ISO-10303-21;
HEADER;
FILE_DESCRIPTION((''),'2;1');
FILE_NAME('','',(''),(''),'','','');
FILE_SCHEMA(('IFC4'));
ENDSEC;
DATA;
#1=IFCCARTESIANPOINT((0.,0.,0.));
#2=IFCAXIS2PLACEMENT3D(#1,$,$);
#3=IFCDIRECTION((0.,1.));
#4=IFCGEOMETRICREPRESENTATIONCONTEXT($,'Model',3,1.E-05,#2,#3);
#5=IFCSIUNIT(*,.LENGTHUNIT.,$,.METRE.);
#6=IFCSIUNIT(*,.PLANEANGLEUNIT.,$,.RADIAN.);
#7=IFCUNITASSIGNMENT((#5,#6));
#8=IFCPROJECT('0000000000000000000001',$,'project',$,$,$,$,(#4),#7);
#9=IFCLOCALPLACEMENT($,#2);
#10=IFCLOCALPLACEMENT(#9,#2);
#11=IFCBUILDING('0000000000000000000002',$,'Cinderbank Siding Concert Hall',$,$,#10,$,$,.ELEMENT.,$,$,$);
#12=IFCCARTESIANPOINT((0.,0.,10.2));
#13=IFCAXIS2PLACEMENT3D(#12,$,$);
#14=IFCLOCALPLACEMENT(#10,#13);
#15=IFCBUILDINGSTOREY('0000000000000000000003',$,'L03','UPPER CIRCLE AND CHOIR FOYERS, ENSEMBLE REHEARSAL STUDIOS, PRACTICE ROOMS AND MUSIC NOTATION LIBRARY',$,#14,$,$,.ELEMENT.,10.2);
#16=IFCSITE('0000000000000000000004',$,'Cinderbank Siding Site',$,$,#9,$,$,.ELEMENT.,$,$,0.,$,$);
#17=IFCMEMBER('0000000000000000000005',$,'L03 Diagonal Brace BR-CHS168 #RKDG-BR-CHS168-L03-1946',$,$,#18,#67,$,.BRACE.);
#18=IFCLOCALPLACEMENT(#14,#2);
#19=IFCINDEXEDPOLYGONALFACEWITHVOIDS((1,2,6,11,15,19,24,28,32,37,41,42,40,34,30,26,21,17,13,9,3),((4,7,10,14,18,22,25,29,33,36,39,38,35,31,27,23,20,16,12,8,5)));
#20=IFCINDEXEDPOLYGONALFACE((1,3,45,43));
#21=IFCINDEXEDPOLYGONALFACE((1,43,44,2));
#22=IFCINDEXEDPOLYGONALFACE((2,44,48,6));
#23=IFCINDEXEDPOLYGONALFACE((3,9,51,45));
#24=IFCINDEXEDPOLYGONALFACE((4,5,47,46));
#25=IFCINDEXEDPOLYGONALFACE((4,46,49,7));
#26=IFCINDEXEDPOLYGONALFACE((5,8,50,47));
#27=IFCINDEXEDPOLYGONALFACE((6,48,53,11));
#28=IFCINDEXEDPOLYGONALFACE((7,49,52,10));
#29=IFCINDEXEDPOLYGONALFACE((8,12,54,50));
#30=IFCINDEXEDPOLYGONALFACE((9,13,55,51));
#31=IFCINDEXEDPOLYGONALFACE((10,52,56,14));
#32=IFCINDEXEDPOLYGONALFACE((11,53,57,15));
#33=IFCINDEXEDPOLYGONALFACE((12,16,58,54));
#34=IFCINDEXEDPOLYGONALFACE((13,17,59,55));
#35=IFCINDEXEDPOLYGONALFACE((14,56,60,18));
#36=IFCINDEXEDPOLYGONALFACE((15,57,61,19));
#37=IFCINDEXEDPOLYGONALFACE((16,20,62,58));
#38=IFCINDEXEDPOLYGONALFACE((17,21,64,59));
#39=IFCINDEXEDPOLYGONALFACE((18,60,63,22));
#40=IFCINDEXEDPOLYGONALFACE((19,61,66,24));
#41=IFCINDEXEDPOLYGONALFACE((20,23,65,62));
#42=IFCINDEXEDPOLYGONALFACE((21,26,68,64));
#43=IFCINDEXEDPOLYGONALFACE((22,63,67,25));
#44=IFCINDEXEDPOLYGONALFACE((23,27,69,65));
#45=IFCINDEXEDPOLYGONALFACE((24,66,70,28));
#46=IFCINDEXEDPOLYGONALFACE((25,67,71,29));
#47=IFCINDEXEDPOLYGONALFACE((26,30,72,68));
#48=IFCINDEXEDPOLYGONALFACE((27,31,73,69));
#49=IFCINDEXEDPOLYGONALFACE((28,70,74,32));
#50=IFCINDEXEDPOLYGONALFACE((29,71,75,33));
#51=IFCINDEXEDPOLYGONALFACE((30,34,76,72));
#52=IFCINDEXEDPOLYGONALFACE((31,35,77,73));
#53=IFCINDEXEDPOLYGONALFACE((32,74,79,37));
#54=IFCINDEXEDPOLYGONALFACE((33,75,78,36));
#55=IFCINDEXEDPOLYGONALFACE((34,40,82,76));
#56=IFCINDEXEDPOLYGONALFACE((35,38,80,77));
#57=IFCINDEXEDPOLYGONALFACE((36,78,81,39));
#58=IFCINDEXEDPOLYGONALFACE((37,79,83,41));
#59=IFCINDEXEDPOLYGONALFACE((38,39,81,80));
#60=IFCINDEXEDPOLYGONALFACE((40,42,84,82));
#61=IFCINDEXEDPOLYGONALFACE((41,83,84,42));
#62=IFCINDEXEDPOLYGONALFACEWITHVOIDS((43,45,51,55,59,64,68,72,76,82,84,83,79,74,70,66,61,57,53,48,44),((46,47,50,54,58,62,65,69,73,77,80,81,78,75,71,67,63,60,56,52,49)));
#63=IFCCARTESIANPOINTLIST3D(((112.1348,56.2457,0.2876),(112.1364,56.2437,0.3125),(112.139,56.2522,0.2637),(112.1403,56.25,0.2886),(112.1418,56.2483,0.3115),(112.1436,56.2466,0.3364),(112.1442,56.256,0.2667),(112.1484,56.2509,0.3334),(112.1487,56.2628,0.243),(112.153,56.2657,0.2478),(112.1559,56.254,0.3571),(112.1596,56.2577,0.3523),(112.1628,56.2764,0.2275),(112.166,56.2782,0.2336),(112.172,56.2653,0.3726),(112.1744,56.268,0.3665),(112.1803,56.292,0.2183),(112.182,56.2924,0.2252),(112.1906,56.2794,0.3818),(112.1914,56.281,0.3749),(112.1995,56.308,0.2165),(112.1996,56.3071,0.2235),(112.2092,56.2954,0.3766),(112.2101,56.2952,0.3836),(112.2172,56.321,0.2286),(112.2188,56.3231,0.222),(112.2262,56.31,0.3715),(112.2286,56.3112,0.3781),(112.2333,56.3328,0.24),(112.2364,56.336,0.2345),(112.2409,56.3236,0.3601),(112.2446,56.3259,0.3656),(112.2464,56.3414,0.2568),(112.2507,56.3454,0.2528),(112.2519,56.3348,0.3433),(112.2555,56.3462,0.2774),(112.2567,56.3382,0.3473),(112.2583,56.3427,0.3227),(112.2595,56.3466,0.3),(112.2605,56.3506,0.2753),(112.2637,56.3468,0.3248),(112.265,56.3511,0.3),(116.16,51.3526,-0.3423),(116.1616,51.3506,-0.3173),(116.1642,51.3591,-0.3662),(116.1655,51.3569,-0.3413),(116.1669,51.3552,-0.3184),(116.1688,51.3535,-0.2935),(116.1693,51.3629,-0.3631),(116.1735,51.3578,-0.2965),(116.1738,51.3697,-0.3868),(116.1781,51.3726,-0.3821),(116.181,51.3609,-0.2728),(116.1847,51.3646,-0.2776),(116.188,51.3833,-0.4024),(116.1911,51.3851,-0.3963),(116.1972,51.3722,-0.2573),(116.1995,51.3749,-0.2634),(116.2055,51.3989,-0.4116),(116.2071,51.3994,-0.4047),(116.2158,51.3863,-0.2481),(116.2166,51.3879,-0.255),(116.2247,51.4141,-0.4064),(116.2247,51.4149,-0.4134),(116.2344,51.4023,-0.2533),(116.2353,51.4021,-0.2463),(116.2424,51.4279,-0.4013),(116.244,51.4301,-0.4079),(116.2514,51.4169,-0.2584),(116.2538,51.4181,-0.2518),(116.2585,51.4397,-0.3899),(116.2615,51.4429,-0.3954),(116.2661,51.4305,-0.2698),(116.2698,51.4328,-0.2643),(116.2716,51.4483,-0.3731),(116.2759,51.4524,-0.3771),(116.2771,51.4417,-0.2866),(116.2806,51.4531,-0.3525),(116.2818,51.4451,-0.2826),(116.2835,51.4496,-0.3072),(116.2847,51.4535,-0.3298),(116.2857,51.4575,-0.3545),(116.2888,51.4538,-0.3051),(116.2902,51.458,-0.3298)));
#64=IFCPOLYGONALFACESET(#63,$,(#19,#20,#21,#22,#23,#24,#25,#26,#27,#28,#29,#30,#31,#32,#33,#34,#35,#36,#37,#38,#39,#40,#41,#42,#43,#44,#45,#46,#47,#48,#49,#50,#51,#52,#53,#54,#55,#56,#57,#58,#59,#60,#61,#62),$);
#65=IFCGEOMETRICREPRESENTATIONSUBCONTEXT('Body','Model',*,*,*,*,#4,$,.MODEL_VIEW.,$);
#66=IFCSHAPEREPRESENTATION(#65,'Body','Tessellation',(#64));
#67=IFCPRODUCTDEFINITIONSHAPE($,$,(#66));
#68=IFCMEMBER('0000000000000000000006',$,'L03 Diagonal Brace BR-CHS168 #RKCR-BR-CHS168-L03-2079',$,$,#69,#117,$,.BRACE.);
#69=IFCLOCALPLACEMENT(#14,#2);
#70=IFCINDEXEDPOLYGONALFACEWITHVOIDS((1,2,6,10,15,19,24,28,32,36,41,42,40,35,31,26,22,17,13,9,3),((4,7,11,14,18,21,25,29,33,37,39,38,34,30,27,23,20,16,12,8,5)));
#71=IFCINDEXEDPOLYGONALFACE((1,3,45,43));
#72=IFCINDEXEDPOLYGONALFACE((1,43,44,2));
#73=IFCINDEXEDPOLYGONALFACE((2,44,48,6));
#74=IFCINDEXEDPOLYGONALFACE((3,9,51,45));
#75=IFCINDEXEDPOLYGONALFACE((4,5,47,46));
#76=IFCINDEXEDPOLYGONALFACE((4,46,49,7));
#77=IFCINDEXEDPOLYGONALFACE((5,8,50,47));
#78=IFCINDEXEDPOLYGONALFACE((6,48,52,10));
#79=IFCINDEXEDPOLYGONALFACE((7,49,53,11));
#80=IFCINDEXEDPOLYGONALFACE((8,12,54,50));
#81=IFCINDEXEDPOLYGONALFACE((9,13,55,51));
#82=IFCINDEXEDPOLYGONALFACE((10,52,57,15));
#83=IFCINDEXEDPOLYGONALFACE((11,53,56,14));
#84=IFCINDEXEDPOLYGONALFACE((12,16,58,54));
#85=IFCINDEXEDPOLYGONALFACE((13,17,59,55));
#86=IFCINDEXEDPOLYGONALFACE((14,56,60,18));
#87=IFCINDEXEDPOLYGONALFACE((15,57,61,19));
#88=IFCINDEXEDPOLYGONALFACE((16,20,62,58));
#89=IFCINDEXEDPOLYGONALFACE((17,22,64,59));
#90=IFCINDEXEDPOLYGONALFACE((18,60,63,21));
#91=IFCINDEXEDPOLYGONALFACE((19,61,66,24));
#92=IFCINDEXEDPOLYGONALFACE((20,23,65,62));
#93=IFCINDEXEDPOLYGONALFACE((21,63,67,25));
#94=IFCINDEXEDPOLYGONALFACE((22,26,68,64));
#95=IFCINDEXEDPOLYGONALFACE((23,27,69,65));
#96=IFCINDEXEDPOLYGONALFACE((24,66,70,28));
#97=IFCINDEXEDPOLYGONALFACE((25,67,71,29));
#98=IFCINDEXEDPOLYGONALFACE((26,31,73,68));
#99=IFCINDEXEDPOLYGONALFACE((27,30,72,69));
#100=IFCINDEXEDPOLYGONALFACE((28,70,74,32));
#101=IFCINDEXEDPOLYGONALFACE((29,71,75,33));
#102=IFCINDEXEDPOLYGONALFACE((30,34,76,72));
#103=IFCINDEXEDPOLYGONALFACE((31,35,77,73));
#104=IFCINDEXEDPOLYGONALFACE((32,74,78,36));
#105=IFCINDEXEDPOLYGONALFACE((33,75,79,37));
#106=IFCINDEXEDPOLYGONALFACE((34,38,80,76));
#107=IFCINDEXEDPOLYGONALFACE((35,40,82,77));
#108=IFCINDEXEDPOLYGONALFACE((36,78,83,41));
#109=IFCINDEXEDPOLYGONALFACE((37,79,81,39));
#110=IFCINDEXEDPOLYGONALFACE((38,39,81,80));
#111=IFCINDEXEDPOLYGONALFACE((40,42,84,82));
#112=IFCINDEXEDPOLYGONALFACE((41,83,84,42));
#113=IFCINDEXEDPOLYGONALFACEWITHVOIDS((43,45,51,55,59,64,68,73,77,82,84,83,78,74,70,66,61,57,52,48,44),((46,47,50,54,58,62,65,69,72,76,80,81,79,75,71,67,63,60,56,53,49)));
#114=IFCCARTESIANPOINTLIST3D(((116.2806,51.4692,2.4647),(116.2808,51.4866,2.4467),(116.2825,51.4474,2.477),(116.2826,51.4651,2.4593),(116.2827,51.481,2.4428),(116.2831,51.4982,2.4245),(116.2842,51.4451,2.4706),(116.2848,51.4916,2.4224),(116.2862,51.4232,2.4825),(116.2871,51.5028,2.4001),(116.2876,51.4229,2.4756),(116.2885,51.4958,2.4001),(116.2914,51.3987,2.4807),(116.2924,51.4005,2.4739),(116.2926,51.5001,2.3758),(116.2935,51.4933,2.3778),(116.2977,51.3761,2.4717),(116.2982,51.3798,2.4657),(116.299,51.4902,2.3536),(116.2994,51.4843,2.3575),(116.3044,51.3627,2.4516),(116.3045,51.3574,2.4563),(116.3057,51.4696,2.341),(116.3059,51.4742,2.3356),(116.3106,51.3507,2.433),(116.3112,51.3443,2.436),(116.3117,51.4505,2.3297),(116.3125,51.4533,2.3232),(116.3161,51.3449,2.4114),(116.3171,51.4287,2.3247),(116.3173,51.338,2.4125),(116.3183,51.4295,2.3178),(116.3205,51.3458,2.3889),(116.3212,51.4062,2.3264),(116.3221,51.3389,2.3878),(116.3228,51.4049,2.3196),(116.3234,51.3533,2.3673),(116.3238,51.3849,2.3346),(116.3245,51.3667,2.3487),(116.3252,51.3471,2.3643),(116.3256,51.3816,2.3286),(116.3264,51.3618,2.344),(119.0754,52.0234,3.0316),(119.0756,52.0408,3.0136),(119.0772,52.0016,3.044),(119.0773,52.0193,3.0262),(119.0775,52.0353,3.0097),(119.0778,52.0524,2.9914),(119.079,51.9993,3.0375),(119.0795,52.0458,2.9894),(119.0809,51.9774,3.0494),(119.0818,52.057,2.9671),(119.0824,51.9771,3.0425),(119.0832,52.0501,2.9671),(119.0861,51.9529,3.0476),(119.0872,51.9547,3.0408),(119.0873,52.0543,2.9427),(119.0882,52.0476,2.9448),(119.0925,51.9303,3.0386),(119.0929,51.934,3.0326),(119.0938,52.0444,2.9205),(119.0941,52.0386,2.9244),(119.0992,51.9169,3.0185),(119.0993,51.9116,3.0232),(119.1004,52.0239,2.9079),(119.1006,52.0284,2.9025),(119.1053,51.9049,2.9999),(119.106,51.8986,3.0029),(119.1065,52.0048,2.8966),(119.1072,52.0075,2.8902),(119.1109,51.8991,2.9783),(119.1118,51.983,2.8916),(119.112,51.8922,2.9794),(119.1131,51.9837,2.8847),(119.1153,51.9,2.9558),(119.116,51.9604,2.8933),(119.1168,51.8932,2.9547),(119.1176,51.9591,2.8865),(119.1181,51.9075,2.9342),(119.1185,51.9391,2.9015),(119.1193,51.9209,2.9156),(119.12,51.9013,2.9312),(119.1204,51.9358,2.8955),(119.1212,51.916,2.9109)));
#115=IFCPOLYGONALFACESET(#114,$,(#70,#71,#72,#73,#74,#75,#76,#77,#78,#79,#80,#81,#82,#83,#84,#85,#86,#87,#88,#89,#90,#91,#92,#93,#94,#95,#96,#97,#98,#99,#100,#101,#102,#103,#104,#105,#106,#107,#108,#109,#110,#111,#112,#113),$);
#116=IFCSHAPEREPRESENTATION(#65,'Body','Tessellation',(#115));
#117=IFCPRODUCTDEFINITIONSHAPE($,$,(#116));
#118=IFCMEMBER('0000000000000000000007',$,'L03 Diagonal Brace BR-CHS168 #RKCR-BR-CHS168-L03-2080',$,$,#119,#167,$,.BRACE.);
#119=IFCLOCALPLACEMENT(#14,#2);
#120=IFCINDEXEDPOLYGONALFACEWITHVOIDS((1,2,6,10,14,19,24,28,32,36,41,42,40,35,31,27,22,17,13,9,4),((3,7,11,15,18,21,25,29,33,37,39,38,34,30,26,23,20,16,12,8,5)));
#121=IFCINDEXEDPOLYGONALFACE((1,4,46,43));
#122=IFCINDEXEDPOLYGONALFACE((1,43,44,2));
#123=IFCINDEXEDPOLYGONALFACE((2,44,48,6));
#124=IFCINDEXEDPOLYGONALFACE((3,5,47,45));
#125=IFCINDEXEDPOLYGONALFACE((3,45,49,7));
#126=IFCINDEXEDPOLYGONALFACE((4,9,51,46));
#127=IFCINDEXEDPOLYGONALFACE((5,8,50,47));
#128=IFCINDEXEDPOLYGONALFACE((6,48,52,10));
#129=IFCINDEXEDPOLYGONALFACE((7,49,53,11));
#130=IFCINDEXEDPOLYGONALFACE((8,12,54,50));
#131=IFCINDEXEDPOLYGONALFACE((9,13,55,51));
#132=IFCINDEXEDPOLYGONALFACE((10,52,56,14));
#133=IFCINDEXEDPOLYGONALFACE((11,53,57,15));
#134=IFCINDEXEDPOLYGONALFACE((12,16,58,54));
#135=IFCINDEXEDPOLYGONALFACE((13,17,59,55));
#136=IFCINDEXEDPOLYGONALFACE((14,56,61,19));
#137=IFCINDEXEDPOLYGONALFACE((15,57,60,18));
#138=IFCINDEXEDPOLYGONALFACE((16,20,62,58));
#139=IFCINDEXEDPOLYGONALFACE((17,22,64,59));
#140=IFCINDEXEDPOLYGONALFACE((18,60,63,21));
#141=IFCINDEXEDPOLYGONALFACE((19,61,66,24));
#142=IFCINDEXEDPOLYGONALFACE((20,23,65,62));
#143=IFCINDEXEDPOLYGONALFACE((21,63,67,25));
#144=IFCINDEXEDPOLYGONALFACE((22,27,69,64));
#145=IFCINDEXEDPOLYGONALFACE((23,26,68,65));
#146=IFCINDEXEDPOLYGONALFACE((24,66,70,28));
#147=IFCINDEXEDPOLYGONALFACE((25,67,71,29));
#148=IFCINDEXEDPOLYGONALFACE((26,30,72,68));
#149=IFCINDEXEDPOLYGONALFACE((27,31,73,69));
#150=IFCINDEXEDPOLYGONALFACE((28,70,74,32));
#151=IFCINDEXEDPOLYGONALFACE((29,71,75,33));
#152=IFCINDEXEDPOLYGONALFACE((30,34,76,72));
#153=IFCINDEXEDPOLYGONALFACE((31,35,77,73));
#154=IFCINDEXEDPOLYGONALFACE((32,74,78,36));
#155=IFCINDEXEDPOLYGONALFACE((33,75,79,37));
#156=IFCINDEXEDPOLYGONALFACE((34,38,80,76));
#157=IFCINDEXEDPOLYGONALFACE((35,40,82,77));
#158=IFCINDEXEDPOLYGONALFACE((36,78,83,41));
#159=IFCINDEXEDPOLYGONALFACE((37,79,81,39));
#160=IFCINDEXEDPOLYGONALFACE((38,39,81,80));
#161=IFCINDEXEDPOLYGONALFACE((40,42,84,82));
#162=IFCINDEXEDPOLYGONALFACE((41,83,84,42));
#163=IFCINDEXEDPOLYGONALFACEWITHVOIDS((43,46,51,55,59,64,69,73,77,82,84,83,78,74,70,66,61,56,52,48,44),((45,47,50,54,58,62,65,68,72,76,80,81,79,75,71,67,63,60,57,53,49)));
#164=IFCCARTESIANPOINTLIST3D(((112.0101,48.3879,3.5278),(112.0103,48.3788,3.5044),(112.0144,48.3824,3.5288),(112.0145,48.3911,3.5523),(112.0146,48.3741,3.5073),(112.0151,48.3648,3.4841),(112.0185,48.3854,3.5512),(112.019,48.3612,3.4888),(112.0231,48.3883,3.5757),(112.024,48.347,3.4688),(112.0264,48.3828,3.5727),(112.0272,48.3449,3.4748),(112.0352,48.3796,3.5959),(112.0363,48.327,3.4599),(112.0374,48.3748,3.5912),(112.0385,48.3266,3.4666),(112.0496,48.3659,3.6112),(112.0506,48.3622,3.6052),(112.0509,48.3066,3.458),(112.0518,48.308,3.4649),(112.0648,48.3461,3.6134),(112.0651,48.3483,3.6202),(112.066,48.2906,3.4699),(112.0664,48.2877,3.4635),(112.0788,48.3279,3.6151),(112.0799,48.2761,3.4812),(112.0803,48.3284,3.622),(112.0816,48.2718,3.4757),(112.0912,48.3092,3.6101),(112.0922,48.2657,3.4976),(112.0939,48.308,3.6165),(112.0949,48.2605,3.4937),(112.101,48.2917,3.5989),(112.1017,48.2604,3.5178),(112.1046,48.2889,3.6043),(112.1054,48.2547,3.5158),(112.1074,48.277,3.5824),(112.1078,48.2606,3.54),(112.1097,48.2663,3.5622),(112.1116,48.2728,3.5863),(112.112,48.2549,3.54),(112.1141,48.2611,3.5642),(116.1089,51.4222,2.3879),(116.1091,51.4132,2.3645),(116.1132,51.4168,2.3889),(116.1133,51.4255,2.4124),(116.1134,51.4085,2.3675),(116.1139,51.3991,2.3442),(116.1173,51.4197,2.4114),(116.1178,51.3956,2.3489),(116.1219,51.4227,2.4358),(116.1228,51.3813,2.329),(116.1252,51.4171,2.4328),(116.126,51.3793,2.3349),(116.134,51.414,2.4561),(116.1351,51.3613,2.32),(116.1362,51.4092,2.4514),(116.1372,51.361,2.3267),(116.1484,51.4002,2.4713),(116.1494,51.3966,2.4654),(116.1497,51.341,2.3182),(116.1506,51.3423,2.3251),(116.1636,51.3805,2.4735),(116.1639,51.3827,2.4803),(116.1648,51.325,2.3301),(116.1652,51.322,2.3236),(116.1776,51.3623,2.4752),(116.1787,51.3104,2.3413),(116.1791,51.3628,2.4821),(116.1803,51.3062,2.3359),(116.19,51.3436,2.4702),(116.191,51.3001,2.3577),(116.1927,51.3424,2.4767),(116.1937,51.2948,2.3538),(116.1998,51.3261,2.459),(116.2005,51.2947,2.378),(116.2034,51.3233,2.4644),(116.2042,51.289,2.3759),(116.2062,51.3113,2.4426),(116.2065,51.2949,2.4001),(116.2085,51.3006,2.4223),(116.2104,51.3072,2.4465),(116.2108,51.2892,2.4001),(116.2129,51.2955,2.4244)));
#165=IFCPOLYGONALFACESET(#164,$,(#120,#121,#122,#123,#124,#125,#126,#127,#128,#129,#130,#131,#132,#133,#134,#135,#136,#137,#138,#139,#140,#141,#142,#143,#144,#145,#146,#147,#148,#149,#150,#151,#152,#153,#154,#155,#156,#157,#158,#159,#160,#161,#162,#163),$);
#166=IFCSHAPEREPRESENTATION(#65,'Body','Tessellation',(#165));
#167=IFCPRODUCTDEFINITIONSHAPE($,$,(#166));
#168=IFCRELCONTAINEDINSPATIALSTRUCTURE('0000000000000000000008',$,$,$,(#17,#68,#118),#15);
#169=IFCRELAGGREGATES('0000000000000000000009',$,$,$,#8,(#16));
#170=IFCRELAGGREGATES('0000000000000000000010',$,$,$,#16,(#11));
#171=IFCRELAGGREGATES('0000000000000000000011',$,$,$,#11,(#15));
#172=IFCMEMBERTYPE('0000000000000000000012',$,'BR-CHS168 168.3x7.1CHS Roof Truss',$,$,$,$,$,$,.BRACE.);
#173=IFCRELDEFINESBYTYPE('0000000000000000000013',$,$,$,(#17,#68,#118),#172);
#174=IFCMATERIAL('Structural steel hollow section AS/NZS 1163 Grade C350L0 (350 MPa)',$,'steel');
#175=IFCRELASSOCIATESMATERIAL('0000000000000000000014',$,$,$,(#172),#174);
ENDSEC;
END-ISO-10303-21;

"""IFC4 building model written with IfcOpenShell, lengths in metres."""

from ifc_helpers import new_model, si_unit, direction, frame, origin, origin_2d, place, context, subcontext, project, spatial, hollow_circle, extrude, material, material_profile, profile_set, type_object, element, save


model = new_model("IFC4")

# Units and contexts
model_context = context("Model", 3, precision=1e-05, world=origin(), true_north=direction((0.0, 1.0)))
body_context = subcontext(model_context, "Body", "Model", "MODEL_VIEW")
ifc_project = project(units=[si_unit("LENGTHUNIT", "METRE"), si_unit("PLANEANGLEUNIT", "RADIAN")], contexts=[model_context])

# Site, building, storey
site_placement = place(None, origin())
site = spatial("IfcSite", under=ifc_project, at=site_placement, Name="Cinderbank Siding Site", CompositionType="ELEMENT", RefElevation=0.0)
building_placement = place(site_placement, origin())
building = spatial("IfcBuilding", under=site, at=building_placement, Name="Cinderbank Siding Concert Hall", CompositionType="ELEMENT")
storey_placement = place(building_placement, frame((0.0, 0.0, 10.2)))
storey = spatial("IfcBuildingStorey", under=building, at=storey_placement, Name="L03", Description="UPPER CIRCLE AND CHOIR FOYERS, ENSEMBLE REHEARSAL STUDIOS, PRACTICE ROOMS AND MUSIC NOTATION LIBRARY", CompositionType="ELEMENT", Elevation=10.2)

# Shared definitions
ifc_material_1 = material(Name="Structural steel hollow section AS/NZS 1163 Grade C350L0 (350 MPa)", Category="steel")

# Members
ifc_material_profile_1 = material_profile(ifc_material_1, hollow_circle(Radius=0.0842, WallThickness=0.0071, at=origin_2d()), Name="168.3x7.1CHS", Category="LoadBearing")
ifc_profile_set_1 = profile_set([ifc_material_profile_1], Name="Structural steel hollow section AS/NZS 1163 Grade C350L0 (350 MPa)")
member_type_1 = type_object("IfcMemberType", Name="BR-CHS168 168.3x7.1CHS Roof Truss", PredefinedType="BRACE", material=ifc_profile_set_1)
member_1_placement = place(storey_placement, frame((112.2, 56.2976, 0.3), z_axis=(0.632174, -0.768486, -0.098927), x_axis=(0.772274, 0.63529, 0.0)))
element("IfcMember", 1, at=member_1_placement, inside=storey, type_object=member_type_1, Name="L03 Diagonal Brace BR-CHS168 #RKDG-BR-CHS168-L03-1946", PredefinedType="BRACE", context=body_context, shape_type="SweptSolid", body=[
    extrude(hollow_circle(Radius=0.0842, WallThickness=0.0071, at=origin_2d()), origin(), (0.0, 0.0, 1.0), 6.3672),
])
member_2_placement = place(storey_placement, frame((116.3035, 51.4202, 2.4001), z_axis=(0.96204, 0.190778, 0.195148), x_axis=(-0.194517, 0.980899, 0.0)))
element("IfcMember", 2, at=member_2_placement, inside=storey, type_object=member_type_1, Name="L03 Diagonal Brace BR-CHS168 #RKCR-BR-CHS168-L03-2079", PredefinedType="BRACE", context=body_context, shape_type="SweptSolid", body=[
    extrude(hollow_circle(Radius=0.0842, WallThickness=0.0071, at=origin_2d()), origin(), (0.0, 0.0, 1.0), 2.905),
])
member_3_placement = place(storey_placement, frame((116.1606, 51.3569, 2.4001), z_axis=(-0.78437, -0.580674, 0.218132), x_axis=(0.595002, -0.803724, 0.0)))
element("IfcMember", 3, at=member_3_placement, inside=storey, type_object=member_type_1, Name="L03 Diagonal Brace BR-CHS168 #RKCR-BR-CHS168-L03-2080", PredefinedType="BRACE", context=body_context, shape_type="SweptSolid", body=[
    extrude(hollow_circle(Radius=0.0842, WallThickness=0.0071, at=origin_2d()), origin(), (0.0, 0.0, 1.0), 5.2256),
])

save(model, "model.ifc")
